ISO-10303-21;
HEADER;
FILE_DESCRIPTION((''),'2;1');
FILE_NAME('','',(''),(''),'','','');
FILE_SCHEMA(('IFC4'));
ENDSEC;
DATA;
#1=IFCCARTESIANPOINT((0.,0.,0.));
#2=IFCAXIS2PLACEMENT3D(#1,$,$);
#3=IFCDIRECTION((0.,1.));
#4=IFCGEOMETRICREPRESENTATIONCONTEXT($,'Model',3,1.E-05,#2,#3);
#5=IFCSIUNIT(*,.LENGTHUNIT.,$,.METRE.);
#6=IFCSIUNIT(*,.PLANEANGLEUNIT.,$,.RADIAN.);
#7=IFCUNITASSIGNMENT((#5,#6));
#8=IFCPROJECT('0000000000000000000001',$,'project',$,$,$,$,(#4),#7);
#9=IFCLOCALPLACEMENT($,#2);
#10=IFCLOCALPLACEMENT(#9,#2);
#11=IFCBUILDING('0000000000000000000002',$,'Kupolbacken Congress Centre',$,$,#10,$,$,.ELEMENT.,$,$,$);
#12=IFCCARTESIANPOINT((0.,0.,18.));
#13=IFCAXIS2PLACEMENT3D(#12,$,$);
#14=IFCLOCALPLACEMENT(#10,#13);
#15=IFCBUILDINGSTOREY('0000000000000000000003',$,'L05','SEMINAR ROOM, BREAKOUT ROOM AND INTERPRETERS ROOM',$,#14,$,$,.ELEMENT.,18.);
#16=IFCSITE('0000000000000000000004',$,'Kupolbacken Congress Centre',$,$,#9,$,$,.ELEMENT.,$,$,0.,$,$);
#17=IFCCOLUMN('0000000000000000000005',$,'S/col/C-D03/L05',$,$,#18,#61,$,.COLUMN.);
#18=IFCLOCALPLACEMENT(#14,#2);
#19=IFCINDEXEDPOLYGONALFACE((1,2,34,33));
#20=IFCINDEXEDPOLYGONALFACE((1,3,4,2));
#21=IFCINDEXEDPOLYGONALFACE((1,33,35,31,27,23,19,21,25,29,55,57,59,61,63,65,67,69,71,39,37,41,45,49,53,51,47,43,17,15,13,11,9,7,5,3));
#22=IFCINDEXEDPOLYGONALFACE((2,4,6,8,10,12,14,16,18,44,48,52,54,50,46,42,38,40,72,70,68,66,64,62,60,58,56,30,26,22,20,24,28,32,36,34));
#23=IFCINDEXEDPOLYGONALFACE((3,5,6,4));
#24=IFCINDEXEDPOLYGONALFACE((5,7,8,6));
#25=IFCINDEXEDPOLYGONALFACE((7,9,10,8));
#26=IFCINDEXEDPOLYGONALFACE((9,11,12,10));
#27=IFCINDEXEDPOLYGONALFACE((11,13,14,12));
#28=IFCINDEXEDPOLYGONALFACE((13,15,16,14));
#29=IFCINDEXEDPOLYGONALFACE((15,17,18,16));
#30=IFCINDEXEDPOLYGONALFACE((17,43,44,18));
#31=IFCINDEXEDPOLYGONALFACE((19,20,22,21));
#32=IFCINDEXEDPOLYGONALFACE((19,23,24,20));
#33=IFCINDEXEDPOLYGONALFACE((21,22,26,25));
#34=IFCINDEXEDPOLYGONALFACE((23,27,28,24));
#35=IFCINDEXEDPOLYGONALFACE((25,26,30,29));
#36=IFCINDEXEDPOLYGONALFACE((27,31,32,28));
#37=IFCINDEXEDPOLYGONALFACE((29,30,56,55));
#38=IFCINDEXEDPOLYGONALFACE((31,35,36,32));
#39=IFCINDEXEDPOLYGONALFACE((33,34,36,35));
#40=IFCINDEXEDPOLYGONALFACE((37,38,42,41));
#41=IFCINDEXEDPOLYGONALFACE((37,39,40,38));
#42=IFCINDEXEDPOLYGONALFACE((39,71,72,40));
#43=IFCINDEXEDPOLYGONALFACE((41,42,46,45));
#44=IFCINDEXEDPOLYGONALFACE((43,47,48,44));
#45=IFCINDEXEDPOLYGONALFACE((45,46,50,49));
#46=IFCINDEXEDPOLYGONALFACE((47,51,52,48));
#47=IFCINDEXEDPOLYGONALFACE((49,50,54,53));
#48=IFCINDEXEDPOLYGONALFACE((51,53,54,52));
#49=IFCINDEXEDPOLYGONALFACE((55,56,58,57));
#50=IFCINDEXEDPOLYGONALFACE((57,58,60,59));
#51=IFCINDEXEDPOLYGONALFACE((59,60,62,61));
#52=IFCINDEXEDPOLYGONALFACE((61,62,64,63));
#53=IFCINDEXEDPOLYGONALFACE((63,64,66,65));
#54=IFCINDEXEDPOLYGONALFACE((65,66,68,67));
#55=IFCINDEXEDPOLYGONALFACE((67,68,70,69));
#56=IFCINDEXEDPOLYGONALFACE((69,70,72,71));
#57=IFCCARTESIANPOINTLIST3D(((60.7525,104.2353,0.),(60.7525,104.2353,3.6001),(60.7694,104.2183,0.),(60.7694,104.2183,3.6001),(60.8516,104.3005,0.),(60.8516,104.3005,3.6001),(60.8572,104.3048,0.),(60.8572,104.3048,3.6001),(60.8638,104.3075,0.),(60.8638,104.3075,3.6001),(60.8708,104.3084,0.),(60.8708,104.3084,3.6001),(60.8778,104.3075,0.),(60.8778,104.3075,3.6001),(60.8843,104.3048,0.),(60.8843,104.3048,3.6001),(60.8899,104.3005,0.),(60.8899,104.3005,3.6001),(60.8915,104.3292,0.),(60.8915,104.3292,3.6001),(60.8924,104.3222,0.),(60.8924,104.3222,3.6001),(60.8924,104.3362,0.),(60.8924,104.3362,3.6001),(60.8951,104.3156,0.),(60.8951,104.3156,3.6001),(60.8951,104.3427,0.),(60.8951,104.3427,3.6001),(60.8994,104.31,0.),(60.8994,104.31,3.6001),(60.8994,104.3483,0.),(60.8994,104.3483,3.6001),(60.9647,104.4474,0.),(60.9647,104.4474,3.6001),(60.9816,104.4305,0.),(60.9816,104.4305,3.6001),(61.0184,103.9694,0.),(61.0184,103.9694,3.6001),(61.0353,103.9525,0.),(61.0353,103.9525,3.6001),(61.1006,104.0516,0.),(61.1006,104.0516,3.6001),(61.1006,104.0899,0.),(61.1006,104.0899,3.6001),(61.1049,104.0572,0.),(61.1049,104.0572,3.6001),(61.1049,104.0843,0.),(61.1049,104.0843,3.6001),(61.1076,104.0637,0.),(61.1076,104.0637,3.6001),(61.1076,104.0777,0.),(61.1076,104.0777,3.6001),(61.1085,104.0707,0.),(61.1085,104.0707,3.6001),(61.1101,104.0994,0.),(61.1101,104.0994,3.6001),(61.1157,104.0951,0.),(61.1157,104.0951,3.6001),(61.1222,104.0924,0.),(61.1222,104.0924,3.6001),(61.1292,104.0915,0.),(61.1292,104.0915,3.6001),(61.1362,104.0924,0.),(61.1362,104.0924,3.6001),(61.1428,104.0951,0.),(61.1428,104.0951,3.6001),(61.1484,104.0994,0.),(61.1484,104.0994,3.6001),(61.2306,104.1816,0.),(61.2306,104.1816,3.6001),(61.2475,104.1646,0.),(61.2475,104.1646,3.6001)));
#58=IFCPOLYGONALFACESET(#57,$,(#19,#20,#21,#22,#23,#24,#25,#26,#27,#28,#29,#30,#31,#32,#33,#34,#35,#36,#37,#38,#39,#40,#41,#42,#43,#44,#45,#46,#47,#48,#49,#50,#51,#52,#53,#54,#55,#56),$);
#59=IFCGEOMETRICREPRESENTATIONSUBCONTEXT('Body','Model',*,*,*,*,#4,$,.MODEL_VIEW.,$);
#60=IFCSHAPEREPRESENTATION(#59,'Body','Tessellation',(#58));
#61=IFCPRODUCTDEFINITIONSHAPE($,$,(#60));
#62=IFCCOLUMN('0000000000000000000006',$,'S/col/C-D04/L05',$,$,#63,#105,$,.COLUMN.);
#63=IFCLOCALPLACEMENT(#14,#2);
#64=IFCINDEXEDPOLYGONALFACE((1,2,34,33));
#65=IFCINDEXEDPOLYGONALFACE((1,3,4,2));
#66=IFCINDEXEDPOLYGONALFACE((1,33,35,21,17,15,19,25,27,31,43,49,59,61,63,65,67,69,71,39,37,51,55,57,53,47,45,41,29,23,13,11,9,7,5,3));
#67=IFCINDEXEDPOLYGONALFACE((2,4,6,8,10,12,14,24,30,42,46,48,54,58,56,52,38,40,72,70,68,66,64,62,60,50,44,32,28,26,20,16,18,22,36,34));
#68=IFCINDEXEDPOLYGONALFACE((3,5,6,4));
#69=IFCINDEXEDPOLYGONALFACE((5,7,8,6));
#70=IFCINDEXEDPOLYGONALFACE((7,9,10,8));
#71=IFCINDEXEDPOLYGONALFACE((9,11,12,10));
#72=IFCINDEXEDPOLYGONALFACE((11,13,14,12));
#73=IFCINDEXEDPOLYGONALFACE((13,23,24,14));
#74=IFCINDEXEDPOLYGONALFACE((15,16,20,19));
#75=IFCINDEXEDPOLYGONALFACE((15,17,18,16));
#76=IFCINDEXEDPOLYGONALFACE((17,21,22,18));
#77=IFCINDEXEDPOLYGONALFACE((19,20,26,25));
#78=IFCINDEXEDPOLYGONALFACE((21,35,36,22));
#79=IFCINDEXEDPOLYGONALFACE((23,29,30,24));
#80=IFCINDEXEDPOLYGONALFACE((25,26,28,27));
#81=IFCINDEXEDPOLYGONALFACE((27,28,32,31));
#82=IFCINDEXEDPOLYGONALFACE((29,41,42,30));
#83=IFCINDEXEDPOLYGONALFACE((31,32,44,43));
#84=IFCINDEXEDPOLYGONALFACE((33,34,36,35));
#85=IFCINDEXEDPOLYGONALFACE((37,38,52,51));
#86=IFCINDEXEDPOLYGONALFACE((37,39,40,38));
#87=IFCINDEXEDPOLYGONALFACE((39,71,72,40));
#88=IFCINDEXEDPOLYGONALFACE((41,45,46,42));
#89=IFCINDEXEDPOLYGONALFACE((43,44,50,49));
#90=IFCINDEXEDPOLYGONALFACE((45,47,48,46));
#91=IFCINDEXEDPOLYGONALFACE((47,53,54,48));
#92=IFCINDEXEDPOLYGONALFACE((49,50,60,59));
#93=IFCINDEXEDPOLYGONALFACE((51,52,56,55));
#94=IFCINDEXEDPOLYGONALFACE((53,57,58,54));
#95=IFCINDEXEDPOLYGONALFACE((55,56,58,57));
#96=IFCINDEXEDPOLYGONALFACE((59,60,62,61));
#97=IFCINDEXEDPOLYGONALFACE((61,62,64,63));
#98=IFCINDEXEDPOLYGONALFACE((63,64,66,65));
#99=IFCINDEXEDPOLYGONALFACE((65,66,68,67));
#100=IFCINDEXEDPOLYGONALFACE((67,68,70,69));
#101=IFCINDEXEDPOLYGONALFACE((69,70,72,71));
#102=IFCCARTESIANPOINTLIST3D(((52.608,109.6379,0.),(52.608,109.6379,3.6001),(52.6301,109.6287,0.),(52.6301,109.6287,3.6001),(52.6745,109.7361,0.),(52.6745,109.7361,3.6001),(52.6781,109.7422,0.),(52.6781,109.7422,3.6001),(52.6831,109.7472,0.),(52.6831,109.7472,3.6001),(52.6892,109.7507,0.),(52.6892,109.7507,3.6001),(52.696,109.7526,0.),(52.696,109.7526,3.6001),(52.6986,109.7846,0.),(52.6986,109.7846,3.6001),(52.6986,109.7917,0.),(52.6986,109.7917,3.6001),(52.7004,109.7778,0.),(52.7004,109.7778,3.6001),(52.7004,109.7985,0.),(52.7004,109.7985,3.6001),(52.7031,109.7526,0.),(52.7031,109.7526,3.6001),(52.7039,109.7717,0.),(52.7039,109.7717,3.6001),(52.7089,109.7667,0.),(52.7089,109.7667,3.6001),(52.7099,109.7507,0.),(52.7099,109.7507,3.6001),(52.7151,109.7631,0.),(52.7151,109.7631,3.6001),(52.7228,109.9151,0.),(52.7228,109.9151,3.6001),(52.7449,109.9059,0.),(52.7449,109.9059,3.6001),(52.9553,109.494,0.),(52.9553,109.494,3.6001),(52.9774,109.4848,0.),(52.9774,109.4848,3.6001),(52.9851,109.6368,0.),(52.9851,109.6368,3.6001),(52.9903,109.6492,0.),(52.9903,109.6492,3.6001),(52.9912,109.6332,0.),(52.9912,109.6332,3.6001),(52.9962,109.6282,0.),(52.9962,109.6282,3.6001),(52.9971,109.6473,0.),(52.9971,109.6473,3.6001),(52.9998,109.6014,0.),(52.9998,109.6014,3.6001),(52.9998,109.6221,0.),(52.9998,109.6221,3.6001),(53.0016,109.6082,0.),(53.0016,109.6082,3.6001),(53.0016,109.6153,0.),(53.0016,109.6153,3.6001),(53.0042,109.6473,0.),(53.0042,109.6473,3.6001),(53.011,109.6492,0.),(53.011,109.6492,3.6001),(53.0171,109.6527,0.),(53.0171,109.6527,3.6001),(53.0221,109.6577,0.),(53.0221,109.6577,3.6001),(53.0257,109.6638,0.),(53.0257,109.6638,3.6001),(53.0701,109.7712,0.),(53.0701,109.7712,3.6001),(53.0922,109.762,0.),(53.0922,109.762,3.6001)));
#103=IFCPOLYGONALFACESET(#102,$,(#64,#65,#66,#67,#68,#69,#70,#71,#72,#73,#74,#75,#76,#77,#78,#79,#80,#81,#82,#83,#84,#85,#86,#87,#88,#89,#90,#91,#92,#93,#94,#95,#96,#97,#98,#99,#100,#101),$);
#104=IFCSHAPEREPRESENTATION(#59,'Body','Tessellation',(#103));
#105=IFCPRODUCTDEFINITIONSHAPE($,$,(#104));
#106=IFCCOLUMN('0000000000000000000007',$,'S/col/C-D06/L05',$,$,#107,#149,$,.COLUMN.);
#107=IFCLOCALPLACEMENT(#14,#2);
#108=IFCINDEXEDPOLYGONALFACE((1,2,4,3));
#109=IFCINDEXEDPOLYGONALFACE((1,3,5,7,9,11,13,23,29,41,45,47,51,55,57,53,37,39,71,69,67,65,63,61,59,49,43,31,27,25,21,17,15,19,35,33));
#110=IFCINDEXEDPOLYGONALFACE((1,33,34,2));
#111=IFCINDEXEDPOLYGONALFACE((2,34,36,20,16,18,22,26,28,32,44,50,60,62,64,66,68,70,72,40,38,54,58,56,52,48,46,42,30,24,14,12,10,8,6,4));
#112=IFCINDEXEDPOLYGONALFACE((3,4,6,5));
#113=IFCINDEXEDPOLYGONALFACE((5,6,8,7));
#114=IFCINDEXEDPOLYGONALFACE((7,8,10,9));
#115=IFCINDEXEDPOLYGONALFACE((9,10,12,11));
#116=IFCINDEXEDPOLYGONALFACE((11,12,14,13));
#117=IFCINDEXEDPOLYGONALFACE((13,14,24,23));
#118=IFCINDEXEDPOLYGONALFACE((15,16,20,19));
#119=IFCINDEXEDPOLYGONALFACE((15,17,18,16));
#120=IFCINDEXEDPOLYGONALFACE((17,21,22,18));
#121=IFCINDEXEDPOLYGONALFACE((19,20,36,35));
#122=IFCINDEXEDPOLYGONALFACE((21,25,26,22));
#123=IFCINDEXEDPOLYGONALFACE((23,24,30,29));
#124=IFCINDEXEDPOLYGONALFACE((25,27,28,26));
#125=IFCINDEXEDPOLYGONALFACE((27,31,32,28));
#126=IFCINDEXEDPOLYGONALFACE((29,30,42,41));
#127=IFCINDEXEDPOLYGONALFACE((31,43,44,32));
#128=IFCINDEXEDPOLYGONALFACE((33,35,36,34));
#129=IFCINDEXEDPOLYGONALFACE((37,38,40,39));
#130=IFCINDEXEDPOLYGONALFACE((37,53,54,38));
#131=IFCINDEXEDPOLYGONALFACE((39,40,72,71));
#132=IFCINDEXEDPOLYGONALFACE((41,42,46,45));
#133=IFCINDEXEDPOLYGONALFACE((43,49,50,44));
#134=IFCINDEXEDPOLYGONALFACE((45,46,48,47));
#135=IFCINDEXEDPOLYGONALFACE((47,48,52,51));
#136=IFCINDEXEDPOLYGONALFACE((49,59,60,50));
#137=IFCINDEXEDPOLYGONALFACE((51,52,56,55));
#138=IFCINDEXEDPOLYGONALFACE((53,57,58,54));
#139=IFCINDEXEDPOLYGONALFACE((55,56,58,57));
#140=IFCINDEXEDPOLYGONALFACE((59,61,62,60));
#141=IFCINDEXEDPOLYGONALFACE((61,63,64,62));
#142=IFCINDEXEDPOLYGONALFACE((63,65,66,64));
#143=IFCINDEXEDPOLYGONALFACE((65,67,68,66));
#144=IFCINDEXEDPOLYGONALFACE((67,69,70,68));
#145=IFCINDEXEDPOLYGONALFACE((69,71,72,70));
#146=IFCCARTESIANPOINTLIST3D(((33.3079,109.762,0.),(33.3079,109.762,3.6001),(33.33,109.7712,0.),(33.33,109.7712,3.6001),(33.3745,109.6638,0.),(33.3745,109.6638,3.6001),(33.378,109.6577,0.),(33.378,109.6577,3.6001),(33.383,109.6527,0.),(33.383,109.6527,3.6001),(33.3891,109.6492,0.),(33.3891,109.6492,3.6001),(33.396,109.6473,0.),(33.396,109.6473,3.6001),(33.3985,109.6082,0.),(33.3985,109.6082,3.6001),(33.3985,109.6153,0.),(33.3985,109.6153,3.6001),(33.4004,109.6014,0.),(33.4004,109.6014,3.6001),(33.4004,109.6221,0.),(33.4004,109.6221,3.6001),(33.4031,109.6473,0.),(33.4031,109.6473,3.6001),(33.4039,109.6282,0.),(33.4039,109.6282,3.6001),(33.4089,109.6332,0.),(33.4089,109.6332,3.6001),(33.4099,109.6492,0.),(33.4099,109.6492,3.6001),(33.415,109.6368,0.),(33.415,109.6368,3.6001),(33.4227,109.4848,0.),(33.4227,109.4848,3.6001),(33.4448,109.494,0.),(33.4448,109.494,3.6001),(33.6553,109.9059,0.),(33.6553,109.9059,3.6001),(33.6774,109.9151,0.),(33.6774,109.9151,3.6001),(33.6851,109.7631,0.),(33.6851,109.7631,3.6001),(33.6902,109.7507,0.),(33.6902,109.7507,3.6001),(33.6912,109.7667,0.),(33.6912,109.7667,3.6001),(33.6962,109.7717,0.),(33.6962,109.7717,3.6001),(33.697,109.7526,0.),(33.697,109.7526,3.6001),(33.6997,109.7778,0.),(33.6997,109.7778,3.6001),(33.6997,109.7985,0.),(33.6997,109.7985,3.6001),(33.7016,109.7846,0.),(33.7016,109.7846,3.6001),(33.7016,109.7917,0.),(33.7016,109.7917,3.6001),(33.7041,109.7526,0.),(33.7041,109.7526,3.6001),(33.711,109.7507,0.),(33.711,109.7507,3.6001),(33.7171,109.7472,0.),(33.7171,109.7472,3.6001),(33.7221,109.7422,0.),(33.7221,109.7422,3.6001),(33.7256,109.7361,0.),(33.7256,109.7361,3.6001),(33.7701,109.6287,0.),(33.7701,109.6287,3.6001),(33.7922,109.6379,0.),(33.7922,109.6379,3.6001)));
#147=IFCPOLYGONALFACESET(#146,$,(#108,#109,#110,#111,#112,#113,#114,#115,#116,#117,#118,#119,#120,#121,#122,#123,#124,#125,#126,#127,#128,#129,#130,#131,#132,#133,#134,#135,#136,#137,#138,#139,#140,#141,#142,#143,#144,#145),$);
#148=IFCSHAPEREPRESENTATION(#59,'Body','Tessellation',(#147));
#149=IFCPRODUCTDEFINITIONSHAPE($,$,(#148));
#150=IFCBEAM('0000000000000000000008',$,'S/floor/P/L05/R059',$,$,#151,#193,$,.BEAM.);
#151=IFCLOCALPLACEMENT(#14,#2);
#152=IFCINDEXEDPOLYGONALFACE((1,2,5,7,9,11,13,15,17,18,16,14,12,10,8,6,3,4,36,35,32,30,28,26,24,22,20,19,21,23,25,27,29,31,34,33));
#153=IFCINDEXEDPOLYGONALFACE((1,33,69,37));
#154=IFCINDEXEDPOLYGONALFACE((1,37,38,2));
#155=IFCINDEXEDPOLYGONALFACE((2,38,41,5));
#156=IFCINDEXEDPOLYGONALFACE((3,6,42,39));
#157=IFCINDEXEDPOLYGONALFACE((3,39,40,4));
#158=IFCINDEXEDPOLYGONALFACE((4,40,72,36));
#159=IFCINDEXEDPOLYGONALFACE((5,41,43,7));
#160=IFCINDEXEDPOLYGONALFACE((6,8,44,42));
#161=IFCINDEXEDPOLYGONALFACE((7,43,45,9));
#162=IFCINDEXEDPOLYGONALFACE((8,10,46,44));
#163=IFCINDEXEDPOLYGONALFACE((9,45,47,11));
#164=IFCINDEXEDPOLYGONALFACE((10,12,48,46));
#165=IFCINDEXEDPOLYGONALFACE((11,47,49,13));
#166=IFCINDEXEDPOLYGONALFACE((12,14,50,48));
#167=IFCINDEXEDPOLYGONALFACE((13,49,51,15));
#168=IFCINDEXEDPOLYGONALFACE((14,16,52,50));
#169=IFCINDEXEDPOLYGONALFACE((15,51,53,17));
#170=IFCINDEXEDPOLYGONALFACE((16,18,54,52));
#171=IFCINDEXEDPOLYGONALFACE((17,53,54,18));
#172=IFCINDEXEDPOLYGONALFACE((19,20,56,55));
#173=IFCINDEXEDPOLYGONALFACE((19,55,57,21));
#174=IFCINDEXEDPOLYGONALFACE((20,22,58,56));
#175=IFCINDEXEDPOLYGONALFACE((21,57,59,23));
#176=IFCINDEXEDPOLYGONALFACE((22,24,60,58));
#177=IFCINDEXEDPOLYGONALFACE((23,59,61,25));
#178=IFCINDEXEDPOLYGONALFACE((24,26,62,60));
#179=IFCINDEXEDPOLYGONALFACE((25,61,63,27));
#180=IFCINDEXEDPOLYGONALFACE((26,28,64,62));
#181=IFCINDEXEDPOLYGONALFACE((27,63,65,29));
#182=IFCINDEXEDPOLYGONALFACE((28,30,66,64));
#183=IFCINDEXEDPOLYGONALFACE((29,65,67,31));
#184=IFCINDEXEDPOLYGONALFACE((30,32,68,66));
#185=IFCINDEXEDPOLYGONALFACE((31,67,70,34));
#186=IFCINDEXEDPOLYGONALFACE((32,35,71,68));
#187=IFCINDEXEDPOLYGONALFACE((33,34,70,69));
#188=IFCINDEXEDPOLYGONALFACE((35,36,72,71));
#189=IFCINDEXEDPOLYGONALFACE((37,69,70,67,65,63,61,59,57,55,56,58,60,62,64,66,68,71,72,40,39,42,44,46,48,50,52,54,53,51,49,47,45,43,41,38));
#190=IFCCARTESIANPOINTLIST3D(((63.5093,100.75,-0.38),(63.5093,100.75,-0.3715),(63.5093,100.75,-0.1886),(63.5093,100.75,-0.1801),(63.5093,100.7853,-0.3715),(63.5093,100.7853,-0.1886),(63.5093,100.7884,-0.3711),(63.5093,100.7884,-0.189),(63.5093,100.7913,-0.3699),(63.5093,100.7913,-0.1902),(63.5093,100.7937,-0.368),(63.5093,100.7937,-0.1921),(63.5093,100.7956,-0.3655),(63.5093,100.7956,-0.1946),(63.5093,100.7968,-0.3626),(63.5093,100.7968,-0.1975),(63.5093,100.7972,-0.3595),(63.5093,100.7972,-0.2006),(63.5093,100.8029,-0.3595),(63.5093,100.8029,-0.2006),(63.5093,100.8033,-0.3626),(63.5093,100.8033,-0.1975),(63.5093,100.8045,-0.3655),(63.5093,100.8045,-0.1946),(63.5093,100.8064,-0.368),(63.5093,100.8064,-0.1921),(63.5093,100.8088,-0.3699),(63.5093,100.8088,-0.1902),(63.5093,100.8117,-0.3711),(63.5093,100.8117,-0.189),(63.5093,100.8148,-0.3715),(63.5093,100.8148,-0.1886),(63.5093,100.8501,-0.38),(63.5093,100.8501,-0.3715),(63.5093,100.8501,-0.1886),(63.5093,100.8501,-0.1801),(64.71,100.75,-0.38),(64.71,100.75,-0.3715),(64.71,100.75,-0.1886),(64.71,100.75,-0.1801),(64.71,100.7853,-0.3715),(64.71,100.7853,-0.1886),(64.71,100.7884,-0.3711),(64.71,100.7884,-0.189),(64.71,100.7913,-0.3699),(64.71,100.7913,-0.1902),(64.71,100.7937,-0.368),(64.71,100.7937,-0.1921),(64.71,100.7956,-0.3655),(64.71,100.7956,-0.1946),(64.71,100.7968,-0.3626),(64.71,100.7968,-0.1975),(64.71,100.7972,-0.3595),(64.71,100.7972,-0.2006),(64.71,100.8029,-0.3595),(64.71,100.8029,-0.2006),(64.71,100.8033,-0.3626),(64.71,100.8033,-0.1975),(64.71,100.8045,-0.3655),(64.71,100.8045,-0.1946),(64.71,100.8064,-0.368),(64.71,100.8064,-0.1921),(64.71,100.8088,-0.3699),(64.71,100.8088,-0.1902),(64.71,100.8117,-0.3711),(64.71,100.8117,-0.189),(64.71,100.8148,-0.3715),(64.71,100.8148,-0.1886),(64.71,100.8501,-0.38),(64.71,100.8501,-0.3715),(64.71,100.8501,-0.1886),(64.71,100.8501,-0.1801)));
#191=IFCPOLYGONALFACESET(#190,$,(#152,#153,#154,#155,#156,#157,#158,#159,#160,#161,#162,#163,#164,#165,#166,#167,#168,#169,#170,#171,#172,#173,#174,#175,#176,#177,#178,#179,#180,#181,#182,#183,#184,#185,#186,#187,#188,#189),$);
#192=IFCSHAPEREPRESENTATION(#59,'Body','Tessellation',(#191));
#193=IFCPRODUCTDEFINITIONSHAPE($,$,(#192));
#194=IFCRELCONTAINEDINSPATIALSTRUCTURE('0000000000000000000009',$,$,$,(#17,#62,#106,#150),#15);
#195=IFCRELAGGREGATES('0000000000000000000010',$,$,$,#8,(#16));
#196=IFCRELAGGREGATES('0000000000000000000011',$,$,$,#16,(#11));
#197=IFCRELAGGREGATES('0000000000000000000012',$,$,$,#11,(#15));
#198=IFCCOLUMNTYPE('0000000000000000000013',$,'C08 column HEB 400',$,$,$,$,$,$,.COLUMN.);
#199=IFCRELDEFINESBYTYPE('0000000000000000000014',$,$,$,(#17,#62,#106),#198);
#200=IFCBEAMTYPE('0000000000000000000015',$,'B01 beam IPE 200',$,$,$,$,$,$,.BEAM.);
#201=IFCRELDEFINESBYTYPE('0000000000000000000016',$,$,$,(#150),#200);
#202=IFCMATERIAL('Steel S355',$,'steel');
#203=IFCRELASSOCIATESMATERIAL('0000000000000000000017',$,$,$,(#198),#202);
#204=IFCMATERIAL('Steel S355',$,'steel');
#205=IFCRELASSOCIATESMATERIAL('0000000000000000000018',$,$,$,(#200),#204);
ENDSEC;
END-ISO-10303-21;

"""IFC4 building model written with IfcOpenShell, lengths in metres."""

from ifc_helpers import new_model, si_unit, direction, frame, origin, origin_2d, place, context, subcontext, project, spatial, i_section, extrude, material, material_profile, profile_set, type_object, element, save


model = new_model("IFC4")

# Units and contexts
model_context = context("Model", 3, precision=1e-05, world=origin(), true_north=direction((0.0, 1.0)))
body_context = subcontext(model_context, "Body", "Model", "MODEL_VIEW")
ifc_project = project(units=[si_unit("LENGTHUNIT", "METRE"), si_unit("PLANEANGLEUNIT", "RADIAN")], contexts=[model_context])

# Site, building, storey
site_placement = place(None, origin())
site = spatial("IfcSite", under=ifc_project, at=site_placement, Name="Kupolbacken Congress Centre", CompositionType="ELEMENT", RefElevation=0.0)
building_placement = place(site_placement, origin())
building = spatial("IfcBuilding", under=site, at=building_placement, Name="Kupolbacken Congress Centre", CompositionType="ELEMENT")
storey_placement = place(building_placement, frame((0.0, 0.0, 18.0)))
storey = spatial("IfcBuildingStorey", under=building, at=storey_placement, Name="L05", Description="SEMINAR ROOM, BREAKOUT ROOM AND INTERPRETERS ROOM", CompositionType="ELEMENT", Elevation=18.0)

# Columns
ifc_material_1 = material(Name="Steel S355", Category="steel")
ifc_material_profile_1 = material_profile(ifc_material_1, i_section(OverallWidth=0.3, OverallDepth=0.3999, WebThickness=0.0134, FlangeThickness=0.0239, FilletRadius=0.0271, at=origin_2d()), Name="HEB 400")
ifc_profile_set_1 = profile_set([ifc_material_profile_1], Name="Steel S355")
column_type = type_object("IfcColumnType", Name="C08 column HEB 400", PredefinedType="COLUMN", material=ifc_profile_set_1)
for number, where, z_axis, x_axis, name in (
    (1, (61.0, 104.2, 0.0), (0.0, 0.0, 1.0), (0.707107, 0.707107, 0.0), "S/col/C-D03/L05"),
    (2, (52.8501, 109.7, 0.0), (0.0, 0.0, 1.0), (0.382644, 0.923896, 0.0), "S/col/C-D04/L05"),
    (3, (33.55, 109.7, 0.0), (0.0, 0.0, 1.0), (-0.382644, 0.923896, 0.0), "S/col/C-D06/L05"),
):
    element("IfcColumn", number, at=place(storey_placement, frame(where, z_axis=z_axis, x_axis=x_axis)), inside=storey, type_object=column_type, Name=name, PredefinedType="COLUMN", context=body_context, shape_type="SweptSolid", body=[
        extrude(i_section(OverallWidth=0.3, OverallDepth=0.3999, WebThickness=0.0134, FlangeThickness=0.0239, FilletRadius=0.0271, at=origin_2d()), origin(), (0.0, 0.0, 1.0), 3.6001),
    ])

# Beam
ifc_material_2 = material(Name="Steel S355", Category="steel")
ifc_material_profile_2 = material_profile(ifc_material_2, i_section(OverallWidth=0.1001, OverallDepth=0.2, WebThickness=0.0056, FlangeThickness=0.0085, FilletRadius=0.012, at=origin_2d()), Name="IPE 200")
ifc_profile_set_2 = profile_set([ifc_material_profile_2], Name="Steel S355")
beam_type_1 = type_object("IfcBeamType", Name="B01 beam IPE 200", PredefinedType="BEAM", material=ifc_profile_set_2)
for number, where, z_axis, x_axis, name in (
    (4, (63.5093, 100.8, -0.28), (1.0, 0.0, 0.0), (0.0, 1.0, 0.0), "S/floor/P/L05/R059"),
):
    element("IfcBeam", number, at=place(storey_placement, frame(where, z_axis=z_axis, x_axis=x_axis)), inside=storey, type_object=beam_type_1, Name=name, PredefinedType="BEAM", context=body_context, shape_type="SweptSolid", body=[
        extrude(i_section(OverallWidth=0.1001, OverallDepth=0.2, WebThickness=0.0056, FlangeThickness=0.0085, FilletRadius=0.012, at=origin_2d()), origin(), (0.0, 0.0, 1.0), 1.2007),
    ])

save(model, "model.ifc")
